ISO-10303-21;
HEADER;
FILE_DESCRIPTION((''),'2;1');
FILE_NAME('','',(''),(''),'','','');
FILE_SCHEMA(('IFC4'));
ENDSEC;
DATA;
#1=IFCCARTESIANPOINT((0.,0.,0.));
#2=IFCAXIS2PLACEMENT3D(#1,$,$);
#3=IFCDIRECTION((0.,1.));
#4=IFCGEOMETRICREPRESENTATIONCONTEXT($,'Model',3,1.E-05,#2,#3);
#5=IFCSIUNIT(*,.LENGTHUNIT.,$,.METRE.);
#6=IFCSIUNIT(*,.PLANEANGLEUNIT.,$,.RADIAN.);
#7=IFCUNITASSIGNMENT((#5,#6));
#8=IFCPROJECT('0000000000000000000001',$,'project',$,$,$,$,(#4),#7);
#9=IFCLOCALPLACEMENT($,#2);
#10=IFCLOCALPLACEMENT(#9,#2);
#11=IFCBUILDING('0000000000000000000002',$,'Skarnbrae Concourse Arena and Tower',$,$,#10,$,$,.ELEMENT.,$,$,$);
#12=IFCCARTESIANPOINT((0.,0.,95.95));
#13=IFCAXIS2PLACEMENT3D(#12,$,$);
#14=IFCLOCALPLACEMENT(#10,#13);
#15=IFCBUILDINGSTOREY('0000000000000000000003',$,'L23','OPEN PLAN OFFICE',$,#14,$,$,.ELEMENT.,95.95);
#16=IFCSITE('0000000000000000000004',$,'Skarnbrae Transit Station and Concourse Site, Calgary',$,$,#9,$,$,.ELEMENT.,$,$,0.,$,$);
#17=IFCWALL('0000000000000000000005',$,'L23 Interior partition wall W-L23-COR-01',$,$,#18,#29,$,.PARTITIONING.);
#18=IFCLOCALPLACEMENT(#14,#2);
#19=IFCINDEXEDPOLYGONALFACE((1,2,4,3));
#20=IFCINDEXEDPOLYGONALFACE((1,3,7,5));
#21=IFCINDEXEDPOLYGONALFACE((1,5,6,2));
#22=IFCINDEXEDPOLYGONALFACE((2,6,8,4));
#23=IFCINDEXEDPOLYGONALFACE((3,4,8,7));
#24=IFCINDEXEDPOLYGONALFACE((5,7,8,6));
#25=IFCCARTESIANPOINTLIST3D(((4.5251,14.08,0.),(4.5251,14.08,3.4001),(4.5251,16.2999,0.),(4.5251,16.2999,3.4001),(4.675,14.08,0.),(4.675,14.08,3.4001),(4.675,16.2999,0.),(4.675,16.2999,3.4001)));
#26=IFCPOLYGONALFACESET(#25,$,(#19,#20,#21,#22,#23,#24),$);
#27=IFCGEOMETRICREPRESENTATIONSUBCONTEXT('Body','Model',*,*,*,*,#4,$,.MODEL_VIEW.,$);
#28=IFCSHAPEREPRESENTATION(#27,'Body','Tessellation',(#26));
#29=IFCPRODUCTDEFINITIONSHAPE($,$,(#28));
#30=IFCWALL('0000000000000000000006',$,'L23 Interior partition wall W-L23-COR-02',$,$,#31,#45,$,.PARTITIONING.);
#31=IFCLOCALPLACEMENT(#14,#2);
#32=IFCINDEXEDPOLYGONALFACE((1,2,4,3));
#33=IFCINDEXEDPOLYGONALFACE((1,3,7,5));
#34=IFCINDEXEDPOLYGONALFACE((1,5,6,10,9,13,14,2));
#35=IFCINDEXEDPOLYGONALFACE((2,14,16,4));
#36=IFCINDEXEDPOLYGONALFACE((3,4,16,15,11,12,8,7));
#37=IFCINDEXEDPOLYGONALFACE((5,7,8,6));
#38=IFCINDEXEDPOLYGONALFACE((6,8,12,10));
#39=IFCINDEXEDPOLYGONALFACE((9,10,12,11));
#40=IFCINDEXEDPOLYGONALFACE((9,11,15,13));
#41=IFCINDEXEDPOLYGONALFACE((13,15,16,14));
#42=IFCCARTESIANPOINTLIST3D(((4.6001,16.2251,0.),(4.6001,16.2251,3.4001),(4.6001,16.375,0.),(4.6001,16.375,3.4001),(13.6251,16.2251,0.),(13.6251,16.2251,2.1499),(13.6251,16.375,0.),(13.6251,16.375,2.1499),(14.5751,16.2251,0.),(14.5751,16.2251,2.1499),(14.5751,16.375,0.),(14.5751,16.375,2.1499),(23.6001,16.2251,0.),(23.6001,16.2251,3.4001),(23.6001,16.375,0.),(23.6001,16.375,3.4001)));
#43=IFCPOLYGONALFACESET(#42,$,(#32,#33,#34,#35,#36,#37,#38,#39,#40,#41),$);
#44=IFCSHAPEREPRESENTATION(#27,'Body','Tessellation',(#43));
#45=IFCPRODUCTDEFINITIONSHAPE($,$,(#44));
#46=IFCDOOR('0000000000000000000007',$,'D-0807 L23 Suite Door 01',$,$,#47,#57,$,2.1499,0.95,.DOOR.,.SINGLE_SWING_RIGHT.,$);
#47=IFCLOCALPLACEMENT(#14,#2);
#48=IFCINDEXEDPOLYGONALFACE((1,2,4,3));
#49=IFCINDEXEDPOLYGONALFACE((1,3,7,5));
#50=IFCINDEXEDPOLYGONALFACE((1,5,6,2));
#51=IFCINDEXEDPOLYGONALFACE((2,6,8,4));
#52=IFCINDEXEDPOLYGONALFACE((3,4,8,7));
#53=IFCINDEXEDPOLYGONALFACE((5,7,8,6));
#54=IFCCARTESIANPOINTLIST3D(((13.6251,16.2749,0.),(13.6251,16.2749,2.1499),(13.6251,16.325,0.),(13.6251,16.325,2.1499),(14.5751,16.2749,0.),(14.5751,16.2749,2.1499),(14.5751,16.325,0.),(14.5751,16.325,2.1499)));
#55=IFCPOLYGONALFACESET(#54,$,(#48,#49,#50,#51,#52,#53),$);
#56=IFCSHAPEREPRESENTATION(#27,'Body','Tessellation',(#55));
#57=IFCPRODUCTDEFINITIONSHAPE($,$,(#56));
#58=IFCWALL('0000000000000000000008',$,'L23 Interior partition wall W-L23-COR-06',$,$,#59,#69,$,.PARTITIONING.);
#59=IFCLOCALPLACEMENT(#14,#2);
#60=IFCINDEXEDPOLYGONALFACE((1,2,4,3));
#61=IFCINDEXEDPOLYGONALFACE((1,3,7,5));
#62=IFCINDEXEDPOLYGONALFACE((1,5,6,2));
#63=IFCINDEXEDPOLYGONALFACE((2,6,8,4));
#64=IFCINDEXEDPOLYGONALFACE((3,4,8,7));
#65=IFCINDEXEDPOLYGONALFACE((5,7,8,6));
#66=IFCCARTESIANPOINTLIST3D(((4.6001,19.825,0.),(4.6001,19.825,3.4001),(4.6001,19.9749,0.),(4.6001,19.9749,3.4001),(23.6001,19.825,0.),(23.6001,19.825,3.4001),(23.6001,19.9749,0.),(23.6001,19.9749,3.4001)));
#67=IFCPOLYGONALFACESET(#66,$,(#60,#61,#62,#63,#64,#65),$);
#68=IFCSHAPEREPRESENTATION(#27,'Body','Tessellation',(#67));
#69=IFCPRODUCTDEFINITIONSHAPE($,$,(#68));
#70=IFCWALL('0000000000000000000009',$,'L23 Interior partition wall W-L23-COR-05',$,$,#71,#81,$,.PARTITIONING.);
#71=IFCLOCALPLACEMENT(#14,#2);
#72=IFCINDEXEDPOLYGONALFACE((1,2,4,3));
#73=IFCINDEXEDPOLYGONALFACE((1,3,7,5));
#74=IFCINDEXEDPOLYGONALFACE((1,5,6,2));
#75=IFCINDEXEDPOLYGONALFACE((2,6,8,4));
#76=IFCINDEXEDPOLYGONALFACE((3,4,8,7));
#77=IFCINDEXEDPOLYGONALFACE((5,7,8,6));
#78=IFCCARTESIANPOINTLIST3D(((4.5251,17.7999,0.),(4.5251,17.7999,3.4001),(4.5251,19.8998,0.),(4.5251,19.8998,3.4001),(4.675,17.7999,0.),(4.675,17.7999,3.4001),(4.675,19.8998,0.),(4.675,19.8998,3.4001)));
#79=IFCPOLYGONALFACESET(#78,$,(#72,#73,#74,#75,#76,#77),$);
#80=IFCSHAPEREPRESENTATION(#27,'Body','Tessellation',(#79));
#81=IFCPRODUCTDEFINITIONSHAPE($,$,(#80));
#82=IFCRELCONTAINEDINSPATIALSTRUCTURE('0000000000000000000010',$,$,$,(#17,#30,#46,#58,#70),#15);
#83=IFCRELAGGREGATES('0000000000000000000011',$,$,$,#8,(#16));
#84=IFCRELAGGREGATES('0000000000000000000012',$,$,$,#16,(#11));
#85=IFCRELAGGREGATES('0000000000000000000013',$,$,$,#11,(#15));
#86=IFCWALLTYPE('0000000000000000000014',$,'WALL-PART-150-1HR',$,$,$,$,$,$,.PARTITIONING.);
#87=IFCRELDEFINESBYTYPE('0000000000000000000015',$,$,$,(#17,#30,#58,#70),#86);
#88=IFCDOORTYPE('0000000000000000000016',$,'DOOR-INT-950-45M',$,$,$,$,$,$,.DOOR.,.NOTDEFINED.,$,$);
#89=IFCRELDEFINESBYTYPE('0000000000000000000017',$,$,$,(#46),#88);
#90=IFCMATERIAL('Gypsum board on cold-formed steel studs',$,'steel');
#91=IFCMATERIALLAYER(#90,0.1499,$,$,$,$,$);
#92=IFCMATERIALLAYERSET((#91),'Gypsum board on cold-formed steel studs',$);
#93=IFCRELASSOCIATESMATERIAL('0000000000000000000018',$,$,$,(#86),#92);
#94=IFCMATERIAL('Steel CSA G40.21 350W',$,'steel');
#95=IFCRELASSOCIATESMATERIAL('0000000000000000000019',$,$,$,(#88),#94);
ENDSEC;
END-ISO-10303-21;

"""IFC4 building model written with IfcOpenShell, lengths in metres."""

from ifc_helpers import new_model, si_unit, direction, frame, frame_2d, origin, place, context, subcontext, project, spatial, rectangle, extrude, source, transform, mapped, material, layer, layer_set, type_object, element, fill, save


model = new_model("IFC4")

# Units and contexts
model_context = context("Model", 3, precision=1e-05, world=origin(), true_north=direction((0.0, 1.0)))
body_context = subcontext(model_context, "Body", "Model", "MODEL_VIEW")
ifc_project = project(units=[si_unit("LENGTHUNIT", "METRE"), si_unit("PLANEANGLEUNIT", "RADIAN")], contexts=[model_context])

# Site, building, storey
site_placement = place(None, origin())
site = spatial("IfcSite", under=ifc_project, at=site_placement, Name="Skarnbrae Transit Station and Concourse Site, Calgary", CompositionType="ELEMENT", RefElevation=0.0)
building_placement = place(site_placement, origin())
building = spatial("IfcBuilding", under=site, at=building_placement, Name="Skarnbrae Concourse Arena and Tower", CompositionType="ELEMENT")
storey_placement = place(building_placement, frame((0.0, 0.0, 95.95)))
storey = spatial("IfcBuildingStorey", under=building, at=storey_placement, Name="L23", Description="OPEN PLAN OFFICE", CompositionType="ELEMENT", Elevation=95.95)

# Shared definitions
ifc_material_1 = material(Name="Steel CSA G40.21 350W", Category="steel")

# Wall
ifc_material_2 = material(Name="Gypsum board on cold-formed steel studs", Category="steel")
ifc_layer_1 = layer(ifc_material_2, 0.1499)
ifc_layer_set_1 = layer_set([ifc_layer_1], Name="Gypsum board on cold-formed steel studs")
wall_type_1 = type_object("IfcWallType", Name="WALL-PART-150-1HR", PredefinedType="PARTITIONING", material=ifc_layer_set_1)
shared_shape_1 = source(origin(), body_context, "Body", "SweptSolid", [
    extrude(rectangle(XDim=2.22, YDim=0.1499, at=frame_2d((1.1099, 0.0))), origin(), (0.0, 0.0, 1.0), 3.4001),
])
wall_1_placement = place(storey_placement, frame((4.6001, 14.0801, 0.0), z_axis=(0.0, 0.0, 1.0), x_axis=(0.0, 1.0, 0.0)))
element("IfcWall", 1, at=wall_1_placement, inside=storey, type_object=wall_type_1, Name="L23 Interior partition wall W-L23-COR-01", PredefinedType="PARTITIONING", context=body_context, shape_type="MappedRepresentation", body=[
    mapped(shared_shape_1, transform((0.0, 0.0, 0.0))),
])

# Wall, opening, door
shared_shape_2 = source(origin(), body_context, "Body", "SweptSolid", [
    extrude(rectangle(XDim=19.0, YDim=0.1499, at=frame_2d((9.5, 0.0))), origin(), (0.0, 0.0, 1.0), 3.4001),
])
wall_2_placement = place(storey_placement, frame((4.6001, 16.3, 0.0), z_axis=(0.0, 0.0, 1.0), x_axis=(1.0, 0.0, 0.0)))
wall_2 = element("IfcWall", 2, at=wall_2_placement, inside=storey, type_object=wall_type_1, Name="L23 Interior partition wall W-L23-COR-02", PredefinedType="PARTITIONING", context=body_context, shape_type="MappedRepresentation", body=[
    mapped(shared_shape_2, transform((0.0, 0.0, 0.0))),
])
opening_1_placement = place(wall_2_placement, frame((9.0249, 0.0, 0.0)))
opening_1 = element("IfcOpeningElement", 3, at=opening_1_placement, cuts=wall_2, PredefinedType="OPENING", context=body_context, shape_type="SweptSolid", body=[
    extrude(rectangle(XDim=0.95, YDim=2.1499, at=frame_2d((0.4751, 1.075))), frame((0.0, 0.085, 0.0), z_axis=(0.0, -1.0, 0.0), x_axis=(1.0, 0.0, 0.0)), (0.0, 0.0, 1.0), 0.1699),
])
door_type_1 = type_object("IfcDoorType", Name="DOOR-INT-950-45M", OperationType="NOTDEFINED", PredefinedType="DOOR", material=ifc_material_1)
shared_shape_3 = source(origin(), body_context, "Body", "SweptSolid", [
    extrude(rectangle(XDim=0.95, YDim=2.1499, at=frame_2d((0.4751, 1.075))), frame((0.0, 0.0249, 0.0), z_axis=(0.0, -1.0, 0.0), x_axis=(1.0, 0.0, 0.0)), (0.0, 0.0, 1.0), 0.05),
])
door_1_placement = place(opening_1_placement, origin())
door_1 = element("IfcDoor", 4, at=door_1_placement, inside=storey, type_object=door_type_1, Name="D-0807 L23 Suite Door 01", OperationType="SINGLE_SWING_RIGHT", OverallHeight=2.1499, OverallWidth=0.95, PredefinedType="DOOR", context=body_context, shape_type="MappedRepresentation", body=[
    mapped(shared_shape_3, transform((0.0, 0.0, 0.0))),
])
fill(opening_1, door_1)

# Walls
wall_3_placement = place(storey_placement, frame((4.6001, 19.8999, 0.0), z_axis=(0.0, 0.0, 1.0), x_axis=(1.0, 0.0, 0.0)))
element("IfcWall", 5, at=wall_3_placement, inside=storey, type_object=wall_type_1, Name="L23 Interior partition wall W-L23-COR-06", PredefinedType="PARTITIONING", context=body_context, shape_type="MappedRepresentation", body=[
    mapped(shared_shape_2, transform((0.0, 0.0, 0.0))),
])
shared_shape_4 = source(origin(), body_context, "Body", "SweptSolid", [
    extrude(rectangle(XDim=2.0999, YDim=0.1499, at=frame_2d((1.0498, 0.0))), origin(), (0.0, 0.0, 1.0), 3.4001),
])
wall_4_placement = place(storey_placement, frame((4.6001, 17.8, 0.0), z_axis=(0.0, 0.0, 1.0), x_axis=(0.0, 1.0, 0.0)))
element("IfcWall", 6, at=wall_4_placement, inside=storey, type_object=wall_type_1, Name="L23 Interior partition wall W-L23-COR-05", PredefinedType="PARTITIONING", context=body_context, shape_type="MappedRepresentation", body=[
    mapped(shared_shape_4, transform((0.0, 0.0, 0.0))),
])

save(model, "model.ifc")
